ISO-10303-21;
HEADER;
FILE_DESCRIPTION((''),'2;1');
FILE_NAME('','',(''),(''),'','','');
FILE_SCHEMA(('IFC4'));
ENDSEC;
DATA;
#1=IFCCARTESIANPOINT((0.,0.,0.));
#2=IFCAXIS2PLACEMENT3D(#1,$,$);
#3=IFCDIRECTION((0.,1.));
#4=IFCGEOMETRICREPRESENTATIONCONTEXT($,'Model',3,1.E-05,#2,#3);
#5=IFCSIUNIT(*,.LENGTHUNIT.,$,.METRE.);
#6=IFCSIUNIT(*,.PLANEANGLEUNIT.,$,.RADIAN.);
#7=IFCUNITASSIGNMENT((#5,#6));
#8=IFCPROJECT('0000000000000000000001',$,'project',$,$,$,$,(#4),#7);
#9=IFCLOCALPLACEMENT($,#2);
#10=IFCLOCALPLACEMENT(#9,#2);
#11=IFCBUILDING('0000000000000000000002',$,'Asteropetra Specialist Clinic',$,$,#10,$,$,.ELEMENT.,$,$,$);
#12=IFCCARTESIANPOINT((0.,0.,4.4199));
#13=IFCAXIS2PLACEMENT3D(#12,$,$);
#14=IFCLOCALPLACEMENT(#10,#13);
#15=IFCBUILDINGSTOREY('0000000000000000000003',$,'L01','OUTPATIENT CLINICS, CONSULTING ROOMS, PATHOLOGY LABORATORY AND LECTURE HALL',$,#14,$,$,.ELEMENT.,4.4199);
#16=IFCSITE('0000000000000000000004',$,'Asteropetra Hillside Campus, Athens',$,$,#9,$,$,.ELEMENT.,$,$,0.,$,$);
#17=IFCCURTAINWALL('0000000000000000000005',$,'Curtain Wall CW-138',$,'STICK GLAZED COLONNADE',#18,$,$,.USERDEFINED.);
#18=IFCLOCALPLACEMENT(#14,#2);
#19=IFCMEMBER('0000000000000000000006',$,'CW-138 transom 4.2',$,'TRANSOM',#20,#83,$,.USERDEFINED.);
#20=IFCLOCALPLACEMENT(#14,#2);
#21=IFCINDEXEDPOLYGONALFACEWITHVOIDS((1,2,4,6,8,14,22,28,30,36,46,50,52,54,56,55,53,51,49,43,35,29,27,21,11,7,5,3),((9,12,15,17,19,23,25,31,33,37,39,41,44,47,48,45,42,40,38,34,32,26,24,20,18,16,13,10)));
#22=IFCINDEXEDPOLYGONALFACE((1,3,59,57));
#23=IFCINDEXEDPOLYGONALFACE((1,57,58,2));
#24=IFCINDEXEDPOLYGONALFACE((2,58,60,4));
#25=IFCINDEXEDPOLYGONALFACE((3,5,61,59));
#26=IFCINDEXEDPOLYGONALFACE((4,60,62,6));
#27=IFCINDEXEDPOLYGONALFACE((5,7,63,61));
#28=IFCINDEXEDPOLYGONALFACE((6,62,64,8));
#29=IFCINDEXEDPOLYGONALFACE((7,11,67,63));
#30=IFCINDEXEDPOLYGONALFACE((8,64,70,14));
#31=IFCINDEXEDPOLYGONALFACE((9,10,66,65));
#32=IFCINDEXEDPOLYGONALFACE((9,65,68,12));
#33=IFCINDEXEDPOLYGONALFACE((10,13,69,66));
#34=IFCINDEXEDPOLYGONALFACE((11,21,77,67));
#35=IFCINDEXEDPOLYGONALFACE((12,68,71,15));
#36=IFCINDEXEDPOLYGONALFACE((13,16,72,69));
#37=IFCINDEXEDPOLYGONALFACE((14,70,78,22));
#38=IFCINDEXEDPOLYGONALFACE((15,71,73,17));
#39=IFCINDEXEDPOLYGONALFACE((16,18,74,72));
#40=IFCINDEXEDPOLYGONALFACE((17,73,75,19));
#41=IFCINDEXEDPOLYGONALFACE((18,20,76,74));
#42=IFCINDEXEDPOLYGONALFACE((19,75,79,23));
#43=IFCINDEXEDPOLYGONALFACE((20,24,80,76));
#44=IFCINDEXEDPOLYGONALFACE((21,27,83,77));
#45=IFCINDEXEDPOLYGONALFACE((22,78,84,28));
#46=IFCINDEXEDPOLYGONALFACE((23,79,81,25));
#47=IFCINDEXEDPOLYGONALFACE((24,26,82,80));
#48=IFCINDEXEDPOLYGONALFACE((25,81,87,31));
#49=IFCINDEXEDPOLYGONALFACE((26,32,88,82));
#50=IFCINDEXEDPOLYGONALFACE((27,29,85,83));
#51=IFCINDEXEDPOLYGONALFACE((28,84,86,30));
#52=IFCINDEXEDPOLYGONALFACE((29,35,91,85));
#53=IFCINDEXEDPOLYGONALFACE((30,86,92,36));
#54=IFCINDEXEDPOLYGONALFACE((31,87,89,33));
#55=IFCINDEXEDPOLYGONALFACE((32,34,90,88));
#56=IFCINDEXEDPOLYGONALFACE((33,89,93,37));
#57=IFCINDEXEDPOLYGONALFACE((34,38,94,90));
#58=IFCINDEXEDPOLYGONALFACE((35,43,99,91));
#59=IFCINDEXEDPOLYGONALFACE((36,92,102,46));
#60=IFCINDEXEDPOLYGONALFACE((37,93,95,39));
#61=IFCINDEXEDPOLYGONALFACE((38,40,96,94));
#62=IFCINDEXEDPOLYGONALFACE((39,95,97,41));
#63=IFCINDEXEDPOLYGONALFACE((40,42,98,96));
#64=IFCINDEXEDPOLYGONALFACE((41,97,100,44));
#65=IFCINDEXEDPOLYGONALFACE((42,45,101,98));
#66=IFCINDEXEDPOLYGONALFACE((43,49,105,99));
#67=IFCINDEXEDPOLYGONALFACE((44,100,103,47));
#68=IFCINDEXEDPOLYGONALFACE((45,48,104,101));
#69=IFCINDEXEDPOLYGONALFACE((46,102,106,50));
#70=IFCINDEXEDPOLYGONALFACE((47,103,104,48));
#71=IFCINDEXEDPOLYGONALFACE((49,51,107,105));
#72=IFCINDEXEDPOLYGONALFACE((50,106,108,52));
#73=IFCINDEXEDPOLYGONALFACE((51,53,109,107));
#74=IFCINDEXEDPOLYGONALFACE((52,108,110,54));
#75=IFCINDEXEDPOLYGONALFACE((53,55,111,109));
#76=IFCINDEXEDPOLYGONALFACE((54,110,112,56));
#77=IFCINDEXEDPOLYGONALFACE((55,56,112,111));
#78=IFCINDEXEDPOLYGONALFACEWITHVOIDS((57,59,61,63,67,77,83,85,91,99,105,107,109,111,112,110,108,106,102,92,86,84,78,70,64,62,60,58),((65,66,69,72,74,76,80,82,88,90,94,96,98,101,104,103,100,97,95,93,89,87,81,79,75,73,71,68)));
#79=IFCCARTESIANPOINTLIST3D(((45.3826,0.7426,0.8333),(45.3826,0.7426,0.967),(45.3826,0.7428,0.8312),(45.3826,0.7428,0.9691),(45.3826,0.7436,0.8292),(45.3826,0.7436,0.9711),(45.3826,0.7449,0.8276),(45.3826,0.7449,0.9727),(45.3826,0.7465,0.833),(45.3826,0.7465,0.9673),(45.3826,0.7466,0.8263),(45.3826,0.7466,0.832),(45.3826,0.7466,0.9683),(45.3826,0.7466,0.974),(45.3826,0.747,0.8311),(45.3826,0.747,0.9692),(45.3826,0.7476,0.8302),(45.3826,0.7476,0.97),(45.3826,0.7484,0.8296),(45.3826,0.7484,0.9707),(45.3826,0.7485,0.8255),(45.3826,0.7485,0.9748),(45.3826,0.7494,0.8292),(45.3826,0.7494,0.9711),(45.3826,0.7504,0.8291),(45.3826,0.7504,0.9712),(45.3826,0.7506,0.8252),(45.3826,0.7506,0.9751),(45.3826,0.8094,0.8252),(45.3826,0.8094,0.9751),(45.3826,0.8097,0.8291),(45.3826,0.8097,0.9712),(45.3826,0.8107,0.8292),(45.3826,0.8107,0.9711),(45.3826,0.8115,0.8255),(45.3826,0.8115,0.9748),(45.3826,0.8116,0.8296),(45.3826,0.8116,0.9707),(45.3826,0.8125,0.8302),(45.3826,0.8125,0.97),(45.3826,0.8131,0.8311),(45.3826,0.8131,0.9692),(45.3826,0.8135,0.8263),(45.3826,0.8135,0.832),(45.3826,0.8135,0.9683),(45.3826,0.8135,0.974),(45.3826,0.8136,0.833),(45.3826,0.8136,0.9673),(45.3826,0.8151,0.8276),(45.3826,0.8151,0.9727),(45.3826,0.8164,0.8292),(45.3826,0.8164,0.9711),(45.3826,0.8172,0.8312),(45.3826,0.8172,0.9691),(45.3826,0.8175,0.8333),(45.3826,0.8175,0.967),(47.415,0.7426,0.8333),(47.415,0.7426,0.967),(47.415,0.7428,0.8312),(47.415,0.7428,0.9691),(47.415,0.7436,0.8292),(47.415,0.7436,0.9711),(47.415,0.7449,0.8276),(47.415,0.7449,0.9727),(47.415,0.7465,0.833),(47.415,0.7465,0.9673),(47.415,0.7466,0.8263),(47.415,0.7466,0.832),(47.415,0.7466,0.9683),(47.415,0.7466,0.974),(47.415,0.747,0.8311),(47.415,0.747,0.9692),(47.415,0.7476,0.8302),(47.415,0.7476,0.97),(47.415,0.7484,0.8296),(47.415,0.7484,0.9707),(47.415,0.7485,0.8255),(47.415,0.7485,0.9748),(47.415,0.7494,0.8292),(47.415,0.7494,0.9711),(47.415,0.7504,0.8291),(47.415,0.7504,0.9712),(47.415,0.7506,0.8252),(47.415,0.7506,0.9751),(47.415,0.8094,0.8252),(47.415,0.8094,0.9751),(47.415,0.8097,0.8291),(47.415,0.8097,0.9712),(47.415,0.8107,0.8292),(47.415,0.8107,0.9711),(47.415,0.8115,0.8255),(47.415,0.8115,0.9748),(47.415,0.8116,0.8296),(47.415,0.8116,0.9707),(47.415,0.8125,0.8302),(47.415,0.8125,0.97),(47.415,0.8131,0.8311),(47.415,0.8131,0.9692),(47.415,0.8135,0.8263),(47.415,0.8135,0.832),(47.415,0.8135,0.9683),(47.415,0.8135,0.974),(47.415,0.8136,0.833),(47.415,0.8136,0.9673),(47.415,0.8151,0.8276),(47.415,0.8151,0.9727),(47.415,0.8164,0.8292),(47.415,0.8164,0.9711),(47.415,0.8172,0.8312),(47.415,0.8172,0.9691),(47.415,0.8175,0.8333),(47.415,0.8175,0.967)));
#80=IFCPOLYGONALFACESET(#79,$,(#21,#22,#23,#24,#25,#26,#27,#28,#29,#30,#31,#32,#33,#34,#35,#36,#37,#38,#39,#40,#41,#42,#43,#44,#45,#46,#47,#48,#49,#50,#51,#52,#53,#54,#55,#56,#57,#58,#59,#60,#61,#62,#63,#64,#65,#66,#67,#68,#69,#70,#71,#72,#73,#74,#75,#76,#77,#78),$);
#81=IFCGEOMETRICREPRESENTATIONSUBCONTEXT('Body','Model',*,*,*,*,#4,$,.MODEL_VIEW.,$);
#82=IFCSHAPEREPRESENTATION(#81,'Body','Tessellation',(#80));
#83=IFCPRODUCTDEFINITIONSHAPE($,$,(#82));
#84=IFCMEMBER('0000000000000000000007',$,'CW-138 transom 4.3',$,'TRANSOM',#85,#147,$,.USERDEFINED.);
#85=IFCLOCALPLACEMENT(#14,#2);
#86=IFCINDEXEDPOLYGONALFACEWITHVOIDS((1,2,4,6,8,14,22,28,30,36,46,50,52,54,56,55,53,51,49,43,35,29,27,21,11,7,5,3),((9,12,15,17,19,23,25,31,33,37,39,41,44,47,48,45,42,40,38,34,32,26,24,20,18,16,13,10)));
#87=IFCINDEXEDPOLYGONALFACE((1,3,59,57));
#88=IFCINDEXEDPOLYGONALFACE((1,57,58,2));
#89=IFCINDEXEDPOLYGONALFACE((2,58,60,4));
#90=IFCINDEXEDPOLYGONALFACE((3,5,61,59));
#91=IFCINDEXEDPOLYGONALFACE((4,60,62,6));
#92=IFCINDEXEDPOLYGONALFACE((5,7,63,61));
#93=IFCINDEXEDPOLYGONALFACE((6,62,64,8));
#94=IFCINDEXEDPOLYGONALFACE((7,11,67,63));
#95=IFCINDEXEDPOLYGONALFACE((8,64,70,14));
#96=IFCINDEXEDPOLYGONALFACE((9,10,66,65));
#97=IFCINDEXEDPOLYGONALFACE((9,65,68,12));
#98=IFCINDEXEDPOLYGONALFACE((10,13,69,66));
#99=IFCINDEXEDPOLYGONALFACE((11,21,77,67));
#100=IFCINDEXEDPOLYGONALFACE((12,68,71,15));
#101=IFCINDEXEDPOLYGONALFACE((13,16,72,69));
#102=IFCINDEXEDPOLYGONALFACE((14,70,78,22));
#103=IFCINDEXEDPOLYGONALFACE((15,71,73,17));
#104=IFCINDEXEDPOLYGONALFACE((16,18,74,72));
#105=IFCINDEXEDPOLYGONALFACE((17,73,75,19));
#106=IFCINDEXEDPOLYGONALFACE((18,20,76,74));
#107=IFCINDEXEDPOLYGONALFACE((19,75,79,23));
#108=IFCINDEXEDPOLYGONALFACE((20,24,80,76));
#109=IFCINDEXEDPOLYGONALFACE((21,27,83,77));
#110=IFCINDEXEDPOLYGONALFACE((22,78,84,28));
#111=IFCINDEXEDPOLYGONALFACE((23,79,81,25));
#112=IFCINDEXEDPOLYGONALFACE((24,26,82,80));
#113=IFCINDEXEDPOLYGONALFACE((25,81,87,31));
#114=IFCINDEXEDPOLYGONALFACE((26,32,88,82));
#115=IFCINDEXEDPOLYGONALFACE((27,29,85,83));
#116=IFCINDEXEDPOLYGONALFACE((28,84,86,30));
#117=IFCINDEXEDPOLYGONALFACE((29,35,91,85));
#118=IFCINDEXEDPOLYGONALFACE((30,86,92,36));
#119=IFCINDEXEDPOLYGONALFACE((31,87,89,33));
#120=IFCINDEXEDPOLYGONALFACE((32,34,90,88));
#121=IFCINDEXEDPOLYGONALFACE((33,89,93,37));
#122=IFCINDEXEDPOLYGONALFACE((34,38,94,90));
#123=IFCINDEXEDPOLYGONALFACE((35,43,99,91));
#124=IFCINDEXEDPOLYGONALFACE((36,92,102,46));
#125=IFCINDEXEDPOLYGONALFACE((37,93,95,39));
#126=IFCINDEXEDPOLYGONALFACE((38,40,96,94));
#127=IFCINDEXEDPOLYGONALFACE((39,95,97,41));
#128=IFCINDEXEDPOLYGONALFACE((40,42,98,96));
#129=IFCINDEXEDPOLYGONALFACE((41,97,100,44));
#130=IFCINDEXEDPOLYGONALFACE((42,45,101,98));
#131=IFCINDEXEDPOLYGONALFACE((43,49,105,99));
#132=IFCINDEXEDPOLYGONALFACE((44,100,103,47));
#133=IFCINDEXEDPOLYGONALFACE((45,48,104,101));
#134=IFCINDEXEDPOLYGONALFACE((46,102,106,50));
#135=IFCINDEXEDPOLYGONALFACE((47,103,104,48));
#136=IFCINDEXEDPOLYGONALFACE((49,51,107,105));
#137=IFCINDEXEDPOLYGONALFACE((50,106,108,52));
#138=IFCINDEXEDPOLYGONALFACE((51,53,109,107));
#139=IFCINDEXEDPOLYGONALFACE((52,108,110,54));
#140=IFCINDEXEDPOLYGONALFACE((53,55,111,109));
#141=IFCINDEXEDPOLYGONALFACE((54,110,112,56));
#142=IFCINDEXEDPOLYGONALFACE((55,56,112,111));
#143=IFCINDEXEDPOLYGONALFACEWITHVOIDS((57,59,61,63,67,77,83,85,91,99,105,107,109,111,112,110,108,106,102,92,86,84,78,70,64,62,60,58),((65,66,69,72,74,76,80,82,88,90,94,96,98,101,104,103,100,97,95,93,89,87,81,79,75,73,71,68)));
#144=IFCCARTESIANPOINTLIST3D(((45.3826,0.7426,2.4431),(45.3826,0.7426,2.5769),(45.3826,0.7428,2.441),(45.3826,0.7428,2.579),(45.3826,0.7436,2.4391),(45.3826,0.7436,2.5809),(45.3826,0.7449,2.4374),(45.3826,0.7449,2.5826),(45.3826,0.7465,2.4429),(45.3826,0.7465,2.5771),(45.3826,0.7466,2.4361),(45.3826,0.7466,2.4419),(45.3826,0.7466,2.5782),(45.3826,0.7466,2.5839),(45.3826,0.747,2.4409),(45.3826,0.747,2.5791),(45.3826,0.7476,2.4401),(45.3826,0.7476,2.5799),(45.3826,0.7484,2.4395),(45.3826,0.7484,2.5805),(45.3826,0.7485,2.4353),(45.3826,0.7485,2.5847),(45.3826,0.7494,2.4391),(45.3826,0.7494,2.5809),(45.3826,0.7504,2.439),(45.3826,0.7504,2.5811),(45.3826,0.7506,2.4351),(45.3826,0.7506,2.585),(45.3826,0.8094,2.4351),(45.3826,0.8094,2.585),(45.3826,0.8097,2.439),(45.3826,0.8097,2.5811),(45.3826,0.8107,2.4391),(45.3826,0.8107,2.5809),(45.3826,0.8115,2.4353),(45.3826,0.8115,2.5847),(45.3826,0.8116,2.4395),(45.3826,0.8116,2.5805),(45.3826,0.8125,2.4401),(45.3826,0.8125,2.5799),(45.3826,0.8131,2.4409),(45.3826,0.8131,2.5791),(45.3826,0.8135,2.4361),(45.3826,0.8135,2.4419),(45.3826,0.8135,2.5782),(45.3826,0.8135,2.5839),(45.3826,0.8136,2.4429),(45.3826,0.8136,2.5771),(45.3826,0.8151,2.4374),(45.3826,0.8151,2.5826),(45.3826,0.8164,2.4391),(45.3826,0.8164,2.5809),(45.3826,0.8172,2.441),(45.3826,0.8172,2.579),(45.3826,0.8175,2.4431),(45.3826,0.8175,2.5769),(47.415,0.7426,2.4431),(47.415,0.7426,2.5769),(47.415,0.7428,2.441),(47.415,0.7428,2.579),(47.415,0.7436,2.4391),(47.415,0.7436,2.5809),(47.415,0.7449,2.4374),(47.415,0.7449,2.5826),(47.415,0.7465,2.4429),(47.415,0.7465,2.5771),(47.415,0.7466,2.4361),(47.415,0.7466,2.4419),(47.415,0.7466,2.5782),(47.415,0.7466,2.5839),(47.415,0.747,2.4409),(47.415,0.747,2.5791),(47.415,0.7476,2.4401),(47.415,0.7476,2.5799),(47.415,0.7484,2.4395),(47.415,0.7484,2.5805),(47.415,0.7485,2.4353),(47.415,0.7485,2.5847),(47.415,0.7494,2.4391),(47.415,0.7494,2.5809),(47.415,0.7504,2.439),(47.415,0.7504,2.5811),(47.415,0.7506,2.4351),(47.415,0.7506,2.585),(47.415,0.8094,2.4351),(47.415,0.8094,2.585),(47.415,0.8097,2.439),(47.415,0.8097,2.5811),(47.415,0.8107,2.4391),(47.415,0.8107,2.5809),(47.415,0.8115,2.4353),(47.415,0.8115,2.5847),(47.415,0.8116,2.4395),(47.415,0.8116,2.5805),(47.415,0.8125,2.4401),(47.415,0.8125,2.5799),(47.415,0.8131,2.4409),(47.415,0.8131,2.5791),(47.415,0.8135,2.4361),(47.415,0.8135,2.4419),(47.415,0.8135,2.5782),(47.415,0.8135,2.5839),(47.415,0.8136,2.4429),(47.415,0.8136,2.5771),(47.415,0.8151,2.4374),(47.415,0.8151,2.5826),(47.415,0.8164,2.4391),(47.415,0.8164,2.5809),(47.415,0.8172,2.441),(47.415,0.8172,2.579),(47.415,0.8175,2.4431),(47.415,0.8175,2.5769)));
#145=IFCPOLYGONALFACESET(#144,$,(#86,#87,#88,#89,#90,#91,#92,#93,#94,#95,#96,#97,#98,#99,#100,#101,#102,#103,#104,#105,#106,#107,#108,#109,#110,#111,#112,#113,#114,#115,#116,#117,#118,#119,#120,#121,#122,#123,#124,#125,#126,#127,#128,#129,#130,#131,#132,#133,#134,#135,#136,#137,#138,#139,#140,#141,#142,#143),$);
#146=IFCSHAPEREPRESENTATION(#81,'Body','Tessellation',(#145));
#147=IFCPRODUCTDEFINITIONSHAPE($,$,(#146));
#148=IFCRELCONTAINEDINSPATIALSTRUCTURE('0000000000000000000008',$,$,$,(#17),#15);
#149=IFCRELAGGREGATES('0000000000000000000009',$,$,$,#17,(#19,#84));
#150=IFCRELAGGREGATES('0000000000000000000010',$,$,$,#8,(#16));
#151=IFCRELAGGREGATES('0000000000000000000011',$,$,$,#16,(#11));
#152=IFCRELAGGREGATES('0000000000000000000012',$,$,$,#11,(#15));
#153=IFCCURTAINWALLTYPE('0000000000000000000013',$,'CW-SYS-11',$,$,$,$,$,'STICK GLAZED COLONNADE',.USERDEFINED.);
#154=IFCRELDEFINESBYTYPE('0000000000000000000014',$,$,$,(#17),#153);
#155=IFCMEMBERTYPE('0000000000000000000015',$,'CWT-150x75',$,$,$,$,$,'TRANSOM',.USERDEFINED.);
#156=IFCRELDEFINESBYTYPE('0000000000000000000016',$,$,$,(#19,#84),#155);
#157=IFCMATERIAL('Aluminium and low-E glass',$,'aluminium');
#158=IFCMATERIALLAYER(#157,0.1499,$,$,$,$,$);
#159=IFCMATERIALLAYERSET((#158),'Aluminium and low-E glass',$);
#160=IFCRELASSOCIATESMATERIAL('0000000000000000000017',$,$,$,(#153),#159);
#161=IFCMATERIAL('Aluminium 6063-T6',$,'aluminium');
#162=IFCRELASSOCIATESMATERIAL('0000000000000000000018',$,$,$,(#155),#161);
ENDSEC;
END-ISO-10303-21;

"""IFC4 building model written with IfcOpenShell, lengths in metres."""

from ifc_helpers import new_model, si_unit, direction, frame, origin, origin_2d, place, context, subcontext, project, spatial, hollow_rectangle, extrude, material, layer, layer_set, material_profile, profile_set, type_object, element, aggregate, save


model = new_model("IFC4")

# Units and contexts
model_context = context("Model", 3, precision=1e-05, world=origin(), true_north=direction((0.0, 1.0)))
body_context = subcontext(model_context, "Body", "Model", "MODEL_VIEW")
ifc_project = project(units=[si_unit("LENGTHUNIT", "METRE"), si_unit("PLANEANGLEUNIT", "RADIAN")], contexts=[model_context])

# Site, building, storey
site_placement = place(None, origin())
site = spatial("IfcSite", under=ifc_project, at=site_placement, Name="Asteropetra Hillside Campus, Athens", CompositionType="ELEMENT", RefElevation=0.0)
building_placement = place(site_placement, origin())
building = spatial("IfcBuilding", under=site, at=building_placement, Name="Asteropetra Specialist Clinic", CompositionType="ELEMENT")
storey_placement = place(building_placement, frame((0.0, 0.0, 4.4199)))
storey = spatial("IfcBuildingStorey", under=building, at=storey_placement, Name="L01", Description="OUTPATIENT CLINICS, CONSULTING ROOMS, PATHOLOGY LABORATORY AND LECTURE HALL", CompositionType="ELEMENT", Elevation=4.4199)

# Curtain wall, members
ifc_material_1 = material(Name="Aluminium and low-E glass", Category="aluminium")
ifc_layer_1 = layer(ifc_material_1, 0.1499)
ifc_layer_set_1 = layer_set([ifc_layer_1], Name="Aluminium and low-E glass")
curtain_wall_type = type_object("IfcCurtainWallType", Name="CW-SYS-11", ElementType="STICK GLAZED COLONNADE", PredefinedType="USERDEFINED", material=ifc_layer_set_1)
curtain_wall_placement = place(storey_placement, origin())
curtain_wall = element("IfcCurtainWall", 1, at=curtain_wall_placement, inside=storey, type_object=curtain_wall_type, Name="Curtain Wall CW-138", ObjectType="STICK GLAZED COLONNADE", PredefinedType="USERDEFINED")
ifc_material_2 = material(Name="Aluminium 6063-T6", Category="aluminium")
ifc_material_profile_1 = material_profile(ifc_material_2, hollow_rectangle(XDim=0.075, YDim=0.1499, WallThickness=0.0039, InnerFilletRadius=0.0039, OuterFilletRadius=0.0081, at=origin_2d()), Name="TRN 150x75x4.0")
ifc_profile_set_1 = profile_set([ifc_material_profile_1], Name="Aluminium 6063-T6")
member_type_1 = type_object("IfcMemberType", Name="CWT-150x75", ElementType="TRANSOM", PredefinedType="USERDEFINED", material=ifc_profile_set_1)
member_1_placement = place(storey_placement, frame((45.3826, 0.78, 0.9001), z_axis=(1.0, 0.0, 0.0), x_axis=(0.0, 1.0, 0.0)))
member_1 = element("IfcMember", 2, at=member_1_placement, type_object=member_type_1, Name="CW-138 transom 4.2", ObjectType="TRANSOM", PredefinedType="USERDEFINED", context=body_context, shape_type="SweptSolid", body=[
    extrude(hollow_rectangle(XDim=0.075, YDim=0.1499, WallThickness=0.0039, InnerFilletRadius=0.0039, OuterFilletRadius=0.0081, at=origin_2d()), origin(), (0.0, 0.0, 1.0), 2.0325),
])
member_2_placement = place(storey_placement, frame((45.3826, 0.78, 2.51), z_axis=(1.0, 0.0, 0.0), x_axis=(0.0, 1.0, 0.0)))
member_2 = element("IfcMember", 3, at=member_2_placement, type_object=member_type_1, Name="CW-138 transom 4.3", ObjectType="TRANSOM", PredefinedType="USERDEFINED", context=body_context, shape_type="SweptSolid", body=[
    extrude(hollow_rectangle(XDim=0.075, YDim=0.1499, WallThickness=0.0039, InnerFilletRadius=0.0039, OuterFilletRadius=0.0081, at=origin_2d()), origin(), (0.0, 0.0, 1.0), 2.0325),
])

aggregate(curtain_wall, [member_1, member_2])

save(model, "model.ifc")
